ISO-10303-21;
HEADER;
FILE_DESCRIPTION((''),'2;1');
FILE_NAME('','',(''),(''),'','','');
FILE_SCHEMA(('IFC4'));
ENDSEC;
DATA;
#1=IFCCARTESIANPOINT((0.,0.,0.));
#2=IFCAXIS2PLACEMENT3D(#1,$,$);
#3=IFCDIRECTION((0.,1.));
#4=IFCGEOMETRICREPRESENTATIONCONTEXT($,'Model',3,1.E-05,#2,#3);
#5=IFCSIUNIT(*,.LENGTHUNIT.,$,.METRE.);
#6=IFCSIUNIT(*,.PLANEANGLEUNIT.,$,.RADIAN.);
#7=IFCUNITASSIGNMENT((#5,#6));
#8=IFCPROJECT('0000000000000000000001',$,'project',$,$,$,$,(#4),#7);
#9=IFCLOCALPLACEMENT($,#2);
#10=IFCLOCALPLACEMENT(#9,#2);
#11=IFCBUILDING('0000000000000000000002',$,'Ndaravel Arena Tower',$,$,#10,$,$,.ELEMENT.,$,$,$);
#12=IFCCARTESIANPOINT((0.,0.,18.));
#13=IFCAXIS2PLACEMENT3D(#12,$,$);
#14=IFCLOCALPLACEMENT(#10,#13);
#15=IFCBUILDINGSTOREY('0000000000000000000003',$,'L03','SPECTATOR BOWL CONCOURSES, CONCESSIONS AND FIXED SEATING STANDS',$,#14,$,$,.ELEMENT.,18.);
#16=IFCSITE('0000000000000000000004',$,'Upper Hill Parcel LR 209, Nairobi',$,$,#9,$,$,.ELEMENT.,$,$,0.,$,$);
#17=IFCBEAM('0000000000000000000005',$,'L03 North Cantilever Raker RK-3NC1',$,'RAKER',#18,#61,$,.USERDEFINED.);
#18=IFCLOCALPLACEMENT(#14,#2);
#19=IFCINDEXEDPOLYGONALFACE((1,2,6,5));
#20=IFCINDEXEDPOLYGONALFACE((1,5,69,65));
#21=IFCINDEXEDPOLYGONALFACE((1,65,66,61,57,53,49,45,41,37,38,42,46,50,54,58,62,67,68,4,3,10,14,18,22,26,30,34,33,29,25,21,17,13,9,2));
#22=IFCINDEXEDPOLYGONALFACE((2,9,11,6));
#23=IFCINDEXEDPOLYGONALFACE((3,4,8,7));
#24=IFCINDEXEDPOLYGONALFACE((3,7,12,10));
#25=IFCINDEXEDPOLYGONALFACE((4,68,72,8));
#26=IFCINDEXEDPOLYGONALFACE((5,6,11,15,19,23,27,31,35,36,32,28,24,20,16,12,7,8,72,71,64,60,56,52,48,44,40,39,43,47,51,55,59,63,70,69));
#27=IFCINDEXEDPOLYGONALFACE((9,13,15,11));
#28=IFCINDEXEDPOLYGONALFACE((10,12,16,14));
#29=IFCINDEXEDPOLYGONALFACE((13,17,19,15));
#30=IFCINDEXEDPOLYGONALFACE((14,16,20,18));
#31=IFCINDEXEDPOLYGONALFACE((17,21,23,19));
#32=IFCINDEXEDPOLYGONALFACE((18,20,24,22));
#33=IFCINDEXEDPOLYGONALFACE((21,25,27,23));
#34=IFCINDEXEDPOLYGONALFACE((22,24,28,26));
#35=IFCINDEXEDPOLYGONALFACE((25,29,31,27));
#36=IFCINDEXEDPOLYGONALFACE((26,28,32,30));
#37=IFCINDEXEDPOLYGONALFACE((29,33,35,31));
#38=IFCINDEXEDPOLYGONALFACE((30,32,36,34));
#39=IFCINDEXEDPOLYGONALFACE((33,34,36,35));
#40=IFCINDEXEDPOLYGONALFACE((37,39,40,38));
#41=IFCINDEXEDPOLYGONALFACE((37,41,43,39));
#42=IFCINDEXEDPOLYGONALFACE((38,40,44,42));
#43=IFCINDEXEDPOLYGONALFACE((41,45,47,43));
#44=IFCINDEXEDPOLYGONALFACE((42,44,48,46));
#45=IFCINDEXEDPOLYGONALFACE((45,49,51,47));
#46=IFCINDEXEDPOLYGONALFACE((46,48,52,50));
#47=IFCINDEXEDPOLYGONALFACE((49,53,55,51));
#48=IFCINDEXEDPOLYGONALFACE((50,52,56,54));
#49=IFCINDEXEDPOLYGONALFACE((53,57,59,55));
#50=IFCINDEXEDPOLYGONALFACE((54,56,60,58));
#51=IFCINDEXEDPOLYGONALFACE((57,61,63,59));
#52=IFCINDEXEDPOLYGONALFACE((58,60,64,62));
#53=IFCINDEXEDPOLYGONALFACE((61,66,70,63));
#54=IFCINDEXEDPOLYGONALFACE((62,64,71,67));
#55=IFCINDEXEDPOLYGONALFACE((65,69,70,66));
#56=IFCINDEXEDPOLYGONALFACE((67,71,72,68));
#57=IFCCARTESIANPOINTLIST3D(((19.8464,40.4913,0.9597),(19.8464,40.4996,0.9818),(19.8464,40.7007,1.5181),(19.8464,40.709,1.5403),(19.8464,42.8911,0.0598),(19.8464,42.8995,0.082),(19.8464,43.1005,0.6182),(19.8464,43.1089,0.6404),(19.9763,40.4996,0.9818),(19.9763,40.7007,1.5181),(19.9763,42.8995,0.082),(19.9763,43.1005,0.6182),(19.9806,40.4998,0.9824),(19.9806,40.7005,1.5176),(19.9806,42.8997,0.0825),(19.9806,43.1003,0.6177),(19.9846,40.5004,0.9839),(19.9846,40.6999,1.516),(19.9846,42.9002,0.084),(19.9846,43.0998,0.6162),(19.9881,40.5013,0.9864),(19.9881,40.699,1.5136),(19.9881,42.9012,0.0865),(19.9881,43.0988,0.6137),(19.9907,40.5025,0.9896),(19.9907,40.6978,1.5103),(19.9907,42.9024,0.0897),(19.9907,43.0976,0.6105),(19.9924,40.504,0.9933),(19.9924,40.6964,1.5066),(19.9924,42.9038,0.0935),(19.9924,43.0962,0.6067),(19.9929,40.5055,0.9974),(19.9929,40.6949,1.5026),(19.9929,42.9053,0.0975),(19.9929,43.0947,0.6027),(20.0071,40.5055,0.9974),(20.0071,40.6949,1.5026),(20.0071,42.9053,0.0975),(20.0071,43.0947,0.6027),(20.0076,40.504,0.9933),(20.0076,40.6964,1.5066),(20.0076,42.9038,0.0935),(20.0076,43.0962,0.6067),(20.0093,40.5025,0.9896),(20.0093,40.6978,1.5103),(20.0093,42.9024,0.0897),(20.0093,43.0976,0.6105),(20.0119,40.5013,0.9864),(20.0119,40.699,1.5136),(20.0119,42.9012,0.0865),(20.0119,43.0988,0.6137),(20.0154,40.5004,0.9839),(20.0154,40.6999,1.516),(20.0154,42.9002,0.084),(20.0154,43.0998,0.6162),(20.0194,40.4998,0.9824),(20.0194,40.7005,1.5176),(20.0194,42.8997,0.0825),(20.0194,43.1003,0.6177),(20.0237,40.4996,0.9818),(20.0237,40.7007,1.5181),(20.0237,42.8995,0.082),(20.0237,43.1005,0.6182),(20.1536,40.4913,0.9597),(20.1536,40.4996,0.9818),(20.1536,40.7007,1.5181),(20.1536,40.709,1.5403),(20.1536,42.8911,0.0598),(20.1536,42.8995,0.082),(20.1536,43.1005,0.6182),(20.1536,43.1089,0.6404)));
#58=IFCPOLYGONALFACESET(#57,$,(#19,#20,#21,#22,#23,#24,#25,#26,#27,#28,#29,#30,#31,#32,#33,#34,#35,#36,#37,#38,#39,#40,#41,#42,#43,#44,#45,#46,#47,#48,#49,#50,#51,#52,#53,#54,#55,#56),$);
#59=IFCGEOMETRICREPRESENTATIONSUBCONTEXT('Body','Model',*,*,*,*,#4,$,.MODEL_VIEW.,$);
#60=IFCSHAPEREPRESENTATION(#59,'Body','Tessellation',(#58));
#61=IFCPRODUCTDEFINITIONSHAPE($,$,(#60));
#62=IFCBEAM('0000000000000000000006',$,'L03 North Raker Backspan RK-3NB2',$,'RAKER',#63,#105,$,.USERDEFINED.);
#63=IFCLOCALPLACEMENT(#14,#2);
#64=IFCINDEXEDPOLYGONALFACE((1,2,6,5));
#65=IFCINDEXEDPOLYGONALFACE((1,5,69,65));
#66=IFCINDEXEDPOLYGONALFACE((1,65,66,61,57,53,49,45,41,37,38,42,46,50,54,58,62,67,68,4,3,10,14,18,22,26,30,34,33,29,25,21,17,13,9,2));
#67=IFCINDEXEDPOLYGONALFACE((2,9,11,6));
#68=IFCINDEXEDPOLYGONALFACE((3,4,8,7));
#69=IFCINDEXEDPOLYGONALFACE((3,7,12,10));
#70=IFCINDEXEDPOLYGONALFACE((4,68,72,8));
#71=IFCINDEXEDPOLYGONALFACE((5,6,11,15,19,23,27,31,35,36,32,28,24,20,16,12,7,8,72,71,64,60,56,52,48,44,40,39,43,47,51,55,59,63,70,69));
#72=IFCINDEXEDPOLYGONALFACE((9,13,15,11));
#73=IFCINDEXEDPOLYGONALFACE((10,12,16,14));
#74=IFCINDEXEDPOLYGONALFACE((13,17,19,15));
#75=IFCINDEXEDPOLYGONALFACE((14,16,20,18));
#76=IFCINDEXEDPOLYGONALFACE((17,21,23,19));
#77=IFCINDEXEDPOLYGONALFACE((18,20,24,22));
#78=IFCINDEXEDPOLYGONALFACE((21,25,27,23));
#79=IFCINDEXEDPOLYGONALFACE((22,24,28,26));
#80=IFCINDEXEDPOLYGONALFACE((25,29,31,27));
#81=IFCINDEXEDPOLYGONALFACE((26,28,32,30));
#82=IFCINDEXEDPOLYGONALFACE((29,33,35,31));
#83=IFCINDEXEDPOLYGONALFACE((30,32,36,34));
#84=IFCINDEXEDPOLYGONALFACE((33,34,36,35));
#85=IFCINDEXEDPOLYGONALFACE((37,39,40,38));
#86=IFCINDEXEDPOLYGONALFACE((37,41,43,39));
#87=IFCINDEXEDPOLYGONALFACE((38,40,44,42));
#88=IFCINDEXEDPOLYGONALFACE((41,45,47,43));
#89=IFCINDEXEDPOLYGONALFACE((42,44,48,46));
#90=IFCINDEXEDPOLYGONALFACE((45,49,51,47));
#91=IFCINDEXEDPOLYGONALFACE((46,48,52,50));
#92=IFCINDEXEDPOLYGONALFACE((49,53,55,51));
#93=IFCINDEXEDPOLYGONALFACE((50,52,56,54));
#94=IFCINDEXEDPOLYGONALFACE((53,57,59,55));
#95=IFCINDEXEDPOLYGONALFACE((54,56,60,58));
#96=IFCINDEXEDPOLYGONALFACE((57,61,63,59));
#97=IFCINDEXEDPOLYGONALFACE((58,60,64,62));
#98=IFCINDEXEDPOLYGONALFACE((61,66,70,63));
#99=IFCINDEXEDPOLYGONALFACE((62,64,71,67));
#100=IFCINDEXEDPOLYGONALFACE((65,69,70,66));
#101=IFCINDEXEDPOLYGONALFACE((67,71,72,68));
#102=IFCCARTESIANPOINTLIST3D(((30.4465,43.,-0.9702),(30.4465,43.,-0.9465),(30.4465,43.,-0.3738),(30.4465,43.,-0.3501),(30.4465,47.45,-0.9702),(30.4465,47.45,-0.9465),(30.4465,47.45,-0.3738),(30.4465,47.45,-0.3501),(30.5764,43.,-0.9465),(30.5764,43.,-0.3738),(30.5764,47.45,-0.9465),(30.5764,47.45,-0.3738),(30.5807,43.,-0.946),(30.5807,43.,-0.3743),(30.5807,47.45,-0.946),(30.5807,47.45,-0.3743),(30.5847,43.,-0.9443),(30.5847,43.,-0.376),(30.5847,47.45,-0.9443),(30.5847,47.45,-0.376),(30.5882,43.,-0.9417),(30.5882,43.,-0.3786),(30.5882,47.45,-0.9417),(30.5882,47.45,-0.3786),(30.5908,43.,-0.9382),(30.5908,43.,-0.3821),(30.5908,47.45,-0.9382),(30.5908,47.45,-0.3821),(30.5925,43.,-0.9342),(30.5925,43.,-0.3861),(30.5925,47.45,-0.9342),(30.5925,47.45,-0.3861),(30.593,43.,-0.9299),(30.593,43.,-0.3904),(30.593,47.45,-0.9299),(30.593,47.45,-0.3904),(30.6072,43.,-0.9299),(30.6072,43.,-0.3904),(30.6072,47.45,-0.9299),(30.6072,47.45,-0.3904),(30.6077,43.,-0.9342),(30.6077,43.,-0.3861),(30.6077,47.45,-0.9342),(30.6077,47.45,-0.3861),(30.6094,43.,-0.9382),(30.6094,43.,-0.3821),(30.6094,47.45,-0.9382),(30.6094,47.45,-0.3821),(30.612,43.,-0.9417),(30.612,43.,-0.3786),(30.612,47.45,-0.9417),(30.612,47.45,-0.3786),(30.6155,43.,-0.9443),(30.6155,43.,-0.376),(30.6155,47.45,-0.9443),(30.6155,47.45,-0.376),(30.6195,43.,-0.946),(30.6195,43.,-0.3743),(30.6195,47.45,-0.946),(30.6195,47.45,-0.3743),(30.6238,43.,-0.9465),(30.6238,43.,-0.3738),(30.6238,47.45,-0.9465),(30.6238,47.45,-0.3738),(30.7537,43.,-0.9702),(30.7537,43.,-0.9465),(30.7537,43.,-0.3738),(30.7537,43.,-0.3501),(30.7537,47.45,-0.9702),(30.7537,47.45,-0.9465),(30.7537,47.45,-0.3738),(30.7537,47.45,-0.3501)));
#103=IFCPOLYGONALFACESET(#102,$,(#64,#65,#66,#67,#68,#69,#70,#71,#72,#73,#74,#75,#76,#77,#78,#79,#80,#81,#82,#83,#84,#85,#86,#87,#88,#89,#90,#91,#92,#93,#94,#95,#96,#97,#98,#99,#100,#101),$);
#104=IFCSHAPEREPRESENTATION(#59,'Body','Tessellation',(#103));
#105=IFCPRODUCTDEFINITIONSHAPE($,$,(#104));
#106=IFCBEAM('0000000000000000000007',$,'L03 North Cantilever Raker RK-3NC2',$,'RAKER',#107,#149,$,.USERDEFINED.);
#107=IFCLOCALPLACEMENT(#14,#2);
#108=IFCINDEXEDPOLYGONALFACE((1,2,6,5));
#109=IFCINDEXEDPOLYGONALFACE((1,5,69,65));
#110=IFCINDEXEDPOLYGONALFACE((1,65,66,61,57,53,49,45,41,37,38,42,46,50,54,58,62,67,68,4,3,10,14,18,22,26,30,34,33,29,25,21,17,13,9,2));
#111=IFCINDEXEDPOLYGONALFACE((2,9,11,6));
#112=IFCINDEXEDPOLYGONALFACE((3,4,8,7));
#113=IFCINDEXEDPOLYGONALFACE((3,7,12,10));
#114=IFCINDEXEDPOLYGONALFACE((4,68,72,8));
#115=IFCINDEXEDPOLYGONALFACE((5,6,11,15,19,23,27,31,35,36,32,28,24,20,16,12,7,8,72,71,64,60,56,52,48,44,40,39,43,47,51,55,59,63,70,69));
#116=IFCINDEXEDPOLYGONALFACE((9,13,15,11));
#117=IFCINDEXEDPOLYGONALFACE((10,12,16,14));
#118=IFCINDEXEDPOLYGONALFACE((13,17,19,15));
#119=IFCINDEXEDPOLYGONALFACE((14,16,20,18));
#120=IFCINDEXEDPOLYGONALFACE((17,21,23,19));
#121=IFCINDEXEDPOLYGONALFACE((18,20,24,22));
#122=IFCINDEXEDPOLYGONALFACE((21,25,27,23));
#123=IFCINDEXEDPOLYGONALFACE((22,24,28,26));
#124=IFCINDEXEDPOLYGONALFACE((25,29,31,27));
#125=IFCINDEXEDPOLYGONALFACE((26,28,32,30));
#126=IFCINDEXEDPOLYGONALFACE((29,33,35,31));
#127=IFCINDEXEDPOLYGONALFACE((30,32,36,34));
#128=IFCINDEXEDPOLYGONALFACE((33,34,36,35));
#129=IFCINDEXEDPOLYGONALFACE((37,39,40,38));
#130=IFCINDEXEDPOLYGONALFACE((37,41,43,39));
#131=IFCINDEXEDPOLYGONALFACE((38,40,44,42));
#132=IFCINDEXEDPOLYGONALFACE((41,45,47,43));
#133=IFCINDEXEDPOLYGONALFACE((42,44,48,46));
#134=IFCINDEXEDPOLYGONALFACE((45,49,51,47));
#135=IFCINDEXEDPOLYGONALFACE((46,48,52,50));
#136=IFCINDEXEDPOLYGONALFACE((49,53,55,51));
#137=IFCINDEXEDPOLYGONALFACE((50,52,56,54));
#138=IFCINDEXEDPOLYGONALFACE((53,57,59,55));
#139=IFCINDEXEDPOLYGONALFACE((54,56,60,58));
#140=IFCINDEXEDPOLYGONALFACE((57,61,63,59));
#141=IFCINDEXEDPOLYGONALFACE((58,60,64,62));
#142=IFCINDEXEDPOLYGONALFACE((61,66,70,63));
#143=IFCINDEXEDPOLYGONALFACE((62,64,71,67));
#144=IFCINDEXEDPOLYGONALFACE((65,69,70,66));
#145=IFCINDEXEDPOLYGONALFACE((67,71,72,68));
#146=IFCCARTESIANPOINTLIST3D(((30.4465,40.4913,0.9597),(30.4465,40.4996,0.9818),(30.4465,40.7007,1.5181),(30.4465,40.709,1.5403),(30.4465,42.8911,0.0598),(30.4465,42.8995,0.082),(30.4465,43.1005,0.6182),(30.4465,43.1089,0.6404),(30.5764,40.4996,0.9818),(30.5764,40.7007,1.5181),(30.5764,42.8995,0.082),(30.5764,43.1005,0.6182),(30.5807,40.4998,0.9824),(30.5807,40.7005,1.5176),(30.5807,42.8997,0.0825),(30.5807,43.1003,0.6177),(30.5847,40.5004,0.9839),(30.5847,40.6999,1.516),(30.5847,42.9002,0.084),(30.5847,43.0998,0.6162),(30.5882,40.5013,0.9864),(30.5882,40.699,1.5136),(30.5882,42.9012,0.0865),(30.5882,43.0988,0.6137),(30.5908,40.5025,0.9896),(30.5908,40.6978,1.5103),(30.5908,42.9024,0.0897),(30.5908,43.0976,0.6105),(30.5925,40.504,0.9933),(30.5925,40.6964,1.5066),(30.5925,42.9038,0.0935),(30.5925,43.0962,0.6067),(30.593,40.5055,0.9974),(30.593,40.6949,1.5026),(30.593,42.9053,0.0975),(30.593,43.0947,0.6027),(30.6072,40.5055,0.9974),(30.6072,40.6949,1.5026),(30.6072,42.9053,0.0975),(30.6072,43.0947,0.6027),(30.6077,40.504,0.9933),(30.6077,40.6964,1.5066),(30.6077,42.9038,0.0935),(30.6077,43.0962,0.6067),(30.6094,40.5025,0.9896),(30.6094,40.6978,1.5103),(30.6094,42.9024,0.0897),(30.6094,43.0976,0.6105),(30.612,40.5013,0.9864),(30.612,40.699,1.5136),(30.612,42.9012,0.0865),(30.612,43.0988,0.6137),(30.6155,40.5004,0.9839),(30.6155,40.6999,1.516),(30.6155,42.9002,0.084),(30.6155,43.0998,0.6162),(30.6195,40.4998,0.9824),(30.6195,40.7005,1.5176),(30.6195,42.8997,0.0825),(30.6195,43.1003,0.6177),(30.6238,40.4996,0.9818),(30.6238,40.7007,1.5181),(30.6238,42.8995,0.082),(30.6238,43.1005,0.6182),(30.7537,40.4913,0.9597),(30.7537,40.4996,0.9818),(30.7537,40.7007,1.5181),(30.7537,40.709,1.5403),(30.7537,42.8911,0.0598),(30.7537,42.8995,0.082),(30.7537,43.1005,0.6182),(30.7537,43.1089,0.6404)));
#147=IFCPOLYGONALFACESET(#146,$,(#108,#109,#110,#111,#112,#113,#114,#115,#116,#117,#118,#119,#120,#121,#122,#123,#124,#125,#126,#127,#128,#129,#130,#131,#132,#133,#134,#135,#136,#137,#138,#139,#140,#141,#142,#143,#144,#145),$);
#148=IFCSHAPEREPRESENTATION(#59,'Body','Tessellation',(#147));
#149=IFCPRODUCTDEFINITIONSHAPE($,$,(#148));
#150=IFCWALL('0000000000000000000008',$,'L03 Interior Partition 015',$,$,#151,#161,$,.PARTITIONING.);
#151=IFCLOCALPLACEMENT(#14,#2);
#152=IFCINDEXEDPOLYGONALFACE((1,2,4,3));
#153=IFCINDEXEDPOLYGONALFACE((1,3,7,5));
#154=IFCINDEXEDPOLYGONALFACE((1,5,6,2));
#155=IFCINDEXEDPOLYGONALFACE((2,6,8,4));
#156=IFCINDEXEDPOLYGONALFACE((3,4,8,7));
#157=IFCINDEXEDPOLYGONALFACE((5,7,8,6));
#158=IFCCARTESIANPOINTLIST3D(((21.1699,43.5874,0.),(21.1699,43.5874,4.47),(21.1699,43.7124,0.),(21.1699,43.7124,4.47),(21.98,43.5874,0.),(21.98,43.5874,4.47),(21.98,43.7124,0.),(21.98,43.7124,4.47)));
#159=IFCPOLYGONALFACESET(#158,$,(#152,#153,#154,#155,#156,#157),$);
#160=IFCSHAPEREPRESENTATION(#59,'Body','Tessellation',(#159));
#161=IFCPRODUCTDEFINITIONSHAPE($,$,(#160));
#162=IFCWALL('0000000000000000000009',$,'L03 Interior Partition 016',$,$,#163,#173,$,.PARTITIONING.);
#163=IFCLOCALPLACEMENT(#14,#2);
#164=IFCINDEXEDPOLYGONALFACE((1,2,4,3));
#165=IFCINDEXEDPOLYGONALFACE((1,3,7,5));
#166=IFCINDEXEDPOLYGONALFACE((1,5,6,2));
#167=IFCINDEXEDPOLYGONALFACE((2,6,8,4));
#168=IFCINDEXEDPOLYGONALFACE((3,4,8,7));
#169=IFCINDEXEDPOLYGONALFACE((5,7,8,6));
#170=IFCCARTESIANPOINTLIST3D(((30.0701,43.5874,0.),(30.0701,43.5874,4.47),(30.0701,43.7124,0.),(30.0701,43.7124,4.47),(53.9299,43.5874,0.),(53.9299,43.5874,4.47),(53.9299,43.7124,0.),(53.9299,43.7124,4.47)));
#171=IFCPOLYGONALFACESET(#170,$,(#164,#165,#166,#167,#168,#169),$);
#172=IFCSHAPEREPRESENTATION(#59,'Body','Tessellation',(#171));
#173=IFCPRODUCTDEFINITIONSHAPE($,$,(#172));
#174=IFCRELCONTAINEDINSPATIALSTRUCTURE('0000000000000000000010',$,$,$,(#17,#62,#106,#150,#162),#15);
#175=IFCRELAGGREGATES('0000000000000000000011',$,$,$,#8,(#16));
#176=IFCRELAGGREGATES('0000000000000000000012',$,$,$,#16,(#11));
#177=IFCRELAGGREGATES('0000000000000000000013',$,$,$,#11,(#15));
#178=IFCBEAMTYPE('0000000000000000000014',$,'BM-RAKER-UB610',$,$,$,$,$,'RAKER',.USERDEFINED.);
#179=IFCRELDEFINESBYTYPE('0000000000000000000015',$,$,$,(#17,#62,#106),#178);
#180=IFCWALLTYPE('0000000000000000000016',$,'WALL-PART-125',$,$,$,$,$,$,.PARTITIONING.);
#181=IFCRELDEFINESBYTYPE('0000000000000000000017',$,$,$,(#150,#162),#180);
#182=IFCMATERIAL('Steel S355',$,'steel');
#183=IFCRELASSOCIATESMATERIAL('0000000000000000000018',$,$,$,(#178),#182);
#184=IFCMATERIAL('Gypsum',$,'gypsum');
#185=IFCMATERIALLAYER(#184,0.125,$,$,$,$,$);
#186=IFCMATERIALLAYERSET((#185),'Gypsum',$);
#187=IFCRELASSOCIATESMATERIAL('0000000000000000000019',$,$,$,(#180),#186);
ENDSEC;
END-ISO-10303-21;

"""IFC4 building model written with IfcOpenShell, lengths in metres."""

from ifc_helpers import new_model, si_unit, direction, frame, frame_2d, origin, origin_2d, place, context, subcontext, project, spatial, rectangle, i_section, extrude, material, layer, layer_set, material_profile, profile_set, type_object, element, save


model = new_model("IFC4")

# Units and contexts
model_context = context("Model", 3, precision=1e-05, world=origin(), true_north=direction((0.0, 1.0)))
body_context = subcontext(model_context, "Body", "Model", "MODEL_VIEW")
ifc_project = project(units=[si_unit("LENGTHUNIT", "METRE"), si_unit("PLANEANGLEUNIT", "RADIAN")], contexts=[model_context])

# Site, building, storey
site_placement = place(None, origin())
site = spatial("IfcSite", under=ifc_project, at=site_placement, Name="Upper Hill Parcel LR 209, Nairobi", CompositionType="ELEMENT", RefElevation=0.0)
building_placement = place(site_placement, origin())
building = spatial("IfcBuilding", under=site, at=building_placement, Name="Ndaravel Arena Tower", CompositionType="ELEMENT")
storey_placement = place(building_placement, frame((0.0, 0.0, 18.0)))
storey = spatial("IfcBuildingStorey", under=building, at=storey_placement, Name="L03", Description="SPECTATOR BOWL CONCOURSES, CONCESSIONS AND FIXED SEATING STANDS", CompositionType="ELEMENT", Elevation=18.0)

# Beams
ifc_material_1 = material(Name="Steel S355", Category="steel")
ifc_material_profile_1 = material_profile(ifc_material_1, i_section(OverallWidth=0.3071, OverallDepth=0.6201, WebThickness=0.0142, FlangeThickness=0.0237, FilletRadius=0.0166, at=origin_2d()), Name="UB 610x305x179")
ifc_profile_set_1 = profile_set([ifc_material_profile_1], Name="Steel S355")
beam_type_1 = type_object("IfcBeamType", Name="BM-RAKER-UB610", ElementType="RAKER", PredefinedType="USERDEFINED", material=ifc_profile_set_1)
beam_1_placement = place(storey_placement, frame((20.0, 43.0, 0.3501), z_axis=(0.0, -0.936337, 0.351103), x_axis=(1.0, 0.0, 0.0)))
element("IfcBeam", 1, at=beam_1_placement, inside=storey, type_object=beam_type_1, Name="L03 North Cantilever Raker RK-3NC1", ObjectType="RAKER", PredefinedType="USERDEFINED", context=body_context, shape_type="SweptSolid", body=[
    extrude(i_section(OverallWidth=0.3071, OverallDepth=0.6201, WebThickness=0.0142, FlangeThickness=0.0237, FilletRadius=0.0166, at=origin_2d()), origin(), (0.0, 0.0, 1.0), 2.563),
])
beam_2_placement = place(storey_placement, frame((30.6001, 47.45, -0.6602), z_axis=(0.0, -1.0, 0.0), x_axis=(1.0, 0.0, 0.0)))
element("IfcBeam", 2, at=beam_2_placement, inside=storey, type_object=beam_type_1, Name="L03 North Raker Backspan RK-3NB2", ObjectType="RAKER", PredefinedType="USERDEFINED", context=body_context, shape_type="SweptSolid", body=[
    extrude(i_section(OverallWidth=0.3071, OverallDepth=0.6201, WebThickness=0.0142, FlangeThickness=0.0237, FilletRadius=0.0166, at=origin_2d()), origin(), (0.0, 0.0, 1.0), 4.45),
])
beam_3_placement = place(storey_placement, frame((30.6001, 43.0, 0.3501), z_axis=(0.0, -0.936337, 0.351103), x_axis=(1.0, 0.0, 0.0)))
element("IfcBeam", 3, at=beam_3_placement, inside=storey, type_object=beam_type_1, Name="L03 North Cantilever Raker RK-3NC2", ObjectType="RAKER", PredefinedType="USERDEFINED", context=body_context, shape_type="SweptSolid", body=[
    extrude(i_section(OverallWidth=0.3071, OverallDepth=0.6201, WebThickness=0.0142, FlangeThickness=0.0237, FilletRadius=0.0166, at=origin_2d()), origin(), (0.0, 0.0, 1.0), 2.563),
])

# Walls
ifc_material_2 = material(Name="Gypsum", Category="gypsum")
ifc_layer_1 = layer(ifc_material_2, 0.125)
ifc_layer_set_1 = layer_set([ifc_layer_1], Name="Gypsum")
wall_type_1 = type_object("IfcWallType", Name="WALL-PART-125", PredefinedType="PARTITIONING", material=ifc_layer_set_1)
wall_1_placement = place(storey_placement, frame((21.1699, 43.6499, 0.0), z_axis=(0.0, 0.0, 1.0), x_axis=(1.0, 0.0, 0.0)))
element("IfcWall", 4, at=wall_1_placement, inside=storey, type_object=wall_type_1, Name="L03 Interior Partition 015", PredefinedType="PARTITIONING", context=body_context, shape_type="SweptSolid", body=[
    extrude(rectangle(XDim=0.8101, YDim=0.125, at=frame_2d((0.405, 0.0))), origin(), (0.0, 0.0, 1.0), 4.47),
])
wall_2_placement = place(storey_placement, frame((30.0701, 43.6499, 0.0), z_axis=(0.0, 0.0, 1.0), x_axis=(1.0, 0.0, 0.0)))
element("IfcWall", 5, at=wall_2_placement, inside=storey, type_object=wall_type_1, Name="L03 Interior Partition 016", PredefinedType="PARTITIONING", context=body_context, shape_type="SweptSolid", body=[
    extrude(rectangle(XDim=23.8599, YDim=0.125, at=frame_2d((11.9299, 0.0))), origin(), (0.0, 0.0, 1.0), 4.47),
])

save(model, "model.ifc")
